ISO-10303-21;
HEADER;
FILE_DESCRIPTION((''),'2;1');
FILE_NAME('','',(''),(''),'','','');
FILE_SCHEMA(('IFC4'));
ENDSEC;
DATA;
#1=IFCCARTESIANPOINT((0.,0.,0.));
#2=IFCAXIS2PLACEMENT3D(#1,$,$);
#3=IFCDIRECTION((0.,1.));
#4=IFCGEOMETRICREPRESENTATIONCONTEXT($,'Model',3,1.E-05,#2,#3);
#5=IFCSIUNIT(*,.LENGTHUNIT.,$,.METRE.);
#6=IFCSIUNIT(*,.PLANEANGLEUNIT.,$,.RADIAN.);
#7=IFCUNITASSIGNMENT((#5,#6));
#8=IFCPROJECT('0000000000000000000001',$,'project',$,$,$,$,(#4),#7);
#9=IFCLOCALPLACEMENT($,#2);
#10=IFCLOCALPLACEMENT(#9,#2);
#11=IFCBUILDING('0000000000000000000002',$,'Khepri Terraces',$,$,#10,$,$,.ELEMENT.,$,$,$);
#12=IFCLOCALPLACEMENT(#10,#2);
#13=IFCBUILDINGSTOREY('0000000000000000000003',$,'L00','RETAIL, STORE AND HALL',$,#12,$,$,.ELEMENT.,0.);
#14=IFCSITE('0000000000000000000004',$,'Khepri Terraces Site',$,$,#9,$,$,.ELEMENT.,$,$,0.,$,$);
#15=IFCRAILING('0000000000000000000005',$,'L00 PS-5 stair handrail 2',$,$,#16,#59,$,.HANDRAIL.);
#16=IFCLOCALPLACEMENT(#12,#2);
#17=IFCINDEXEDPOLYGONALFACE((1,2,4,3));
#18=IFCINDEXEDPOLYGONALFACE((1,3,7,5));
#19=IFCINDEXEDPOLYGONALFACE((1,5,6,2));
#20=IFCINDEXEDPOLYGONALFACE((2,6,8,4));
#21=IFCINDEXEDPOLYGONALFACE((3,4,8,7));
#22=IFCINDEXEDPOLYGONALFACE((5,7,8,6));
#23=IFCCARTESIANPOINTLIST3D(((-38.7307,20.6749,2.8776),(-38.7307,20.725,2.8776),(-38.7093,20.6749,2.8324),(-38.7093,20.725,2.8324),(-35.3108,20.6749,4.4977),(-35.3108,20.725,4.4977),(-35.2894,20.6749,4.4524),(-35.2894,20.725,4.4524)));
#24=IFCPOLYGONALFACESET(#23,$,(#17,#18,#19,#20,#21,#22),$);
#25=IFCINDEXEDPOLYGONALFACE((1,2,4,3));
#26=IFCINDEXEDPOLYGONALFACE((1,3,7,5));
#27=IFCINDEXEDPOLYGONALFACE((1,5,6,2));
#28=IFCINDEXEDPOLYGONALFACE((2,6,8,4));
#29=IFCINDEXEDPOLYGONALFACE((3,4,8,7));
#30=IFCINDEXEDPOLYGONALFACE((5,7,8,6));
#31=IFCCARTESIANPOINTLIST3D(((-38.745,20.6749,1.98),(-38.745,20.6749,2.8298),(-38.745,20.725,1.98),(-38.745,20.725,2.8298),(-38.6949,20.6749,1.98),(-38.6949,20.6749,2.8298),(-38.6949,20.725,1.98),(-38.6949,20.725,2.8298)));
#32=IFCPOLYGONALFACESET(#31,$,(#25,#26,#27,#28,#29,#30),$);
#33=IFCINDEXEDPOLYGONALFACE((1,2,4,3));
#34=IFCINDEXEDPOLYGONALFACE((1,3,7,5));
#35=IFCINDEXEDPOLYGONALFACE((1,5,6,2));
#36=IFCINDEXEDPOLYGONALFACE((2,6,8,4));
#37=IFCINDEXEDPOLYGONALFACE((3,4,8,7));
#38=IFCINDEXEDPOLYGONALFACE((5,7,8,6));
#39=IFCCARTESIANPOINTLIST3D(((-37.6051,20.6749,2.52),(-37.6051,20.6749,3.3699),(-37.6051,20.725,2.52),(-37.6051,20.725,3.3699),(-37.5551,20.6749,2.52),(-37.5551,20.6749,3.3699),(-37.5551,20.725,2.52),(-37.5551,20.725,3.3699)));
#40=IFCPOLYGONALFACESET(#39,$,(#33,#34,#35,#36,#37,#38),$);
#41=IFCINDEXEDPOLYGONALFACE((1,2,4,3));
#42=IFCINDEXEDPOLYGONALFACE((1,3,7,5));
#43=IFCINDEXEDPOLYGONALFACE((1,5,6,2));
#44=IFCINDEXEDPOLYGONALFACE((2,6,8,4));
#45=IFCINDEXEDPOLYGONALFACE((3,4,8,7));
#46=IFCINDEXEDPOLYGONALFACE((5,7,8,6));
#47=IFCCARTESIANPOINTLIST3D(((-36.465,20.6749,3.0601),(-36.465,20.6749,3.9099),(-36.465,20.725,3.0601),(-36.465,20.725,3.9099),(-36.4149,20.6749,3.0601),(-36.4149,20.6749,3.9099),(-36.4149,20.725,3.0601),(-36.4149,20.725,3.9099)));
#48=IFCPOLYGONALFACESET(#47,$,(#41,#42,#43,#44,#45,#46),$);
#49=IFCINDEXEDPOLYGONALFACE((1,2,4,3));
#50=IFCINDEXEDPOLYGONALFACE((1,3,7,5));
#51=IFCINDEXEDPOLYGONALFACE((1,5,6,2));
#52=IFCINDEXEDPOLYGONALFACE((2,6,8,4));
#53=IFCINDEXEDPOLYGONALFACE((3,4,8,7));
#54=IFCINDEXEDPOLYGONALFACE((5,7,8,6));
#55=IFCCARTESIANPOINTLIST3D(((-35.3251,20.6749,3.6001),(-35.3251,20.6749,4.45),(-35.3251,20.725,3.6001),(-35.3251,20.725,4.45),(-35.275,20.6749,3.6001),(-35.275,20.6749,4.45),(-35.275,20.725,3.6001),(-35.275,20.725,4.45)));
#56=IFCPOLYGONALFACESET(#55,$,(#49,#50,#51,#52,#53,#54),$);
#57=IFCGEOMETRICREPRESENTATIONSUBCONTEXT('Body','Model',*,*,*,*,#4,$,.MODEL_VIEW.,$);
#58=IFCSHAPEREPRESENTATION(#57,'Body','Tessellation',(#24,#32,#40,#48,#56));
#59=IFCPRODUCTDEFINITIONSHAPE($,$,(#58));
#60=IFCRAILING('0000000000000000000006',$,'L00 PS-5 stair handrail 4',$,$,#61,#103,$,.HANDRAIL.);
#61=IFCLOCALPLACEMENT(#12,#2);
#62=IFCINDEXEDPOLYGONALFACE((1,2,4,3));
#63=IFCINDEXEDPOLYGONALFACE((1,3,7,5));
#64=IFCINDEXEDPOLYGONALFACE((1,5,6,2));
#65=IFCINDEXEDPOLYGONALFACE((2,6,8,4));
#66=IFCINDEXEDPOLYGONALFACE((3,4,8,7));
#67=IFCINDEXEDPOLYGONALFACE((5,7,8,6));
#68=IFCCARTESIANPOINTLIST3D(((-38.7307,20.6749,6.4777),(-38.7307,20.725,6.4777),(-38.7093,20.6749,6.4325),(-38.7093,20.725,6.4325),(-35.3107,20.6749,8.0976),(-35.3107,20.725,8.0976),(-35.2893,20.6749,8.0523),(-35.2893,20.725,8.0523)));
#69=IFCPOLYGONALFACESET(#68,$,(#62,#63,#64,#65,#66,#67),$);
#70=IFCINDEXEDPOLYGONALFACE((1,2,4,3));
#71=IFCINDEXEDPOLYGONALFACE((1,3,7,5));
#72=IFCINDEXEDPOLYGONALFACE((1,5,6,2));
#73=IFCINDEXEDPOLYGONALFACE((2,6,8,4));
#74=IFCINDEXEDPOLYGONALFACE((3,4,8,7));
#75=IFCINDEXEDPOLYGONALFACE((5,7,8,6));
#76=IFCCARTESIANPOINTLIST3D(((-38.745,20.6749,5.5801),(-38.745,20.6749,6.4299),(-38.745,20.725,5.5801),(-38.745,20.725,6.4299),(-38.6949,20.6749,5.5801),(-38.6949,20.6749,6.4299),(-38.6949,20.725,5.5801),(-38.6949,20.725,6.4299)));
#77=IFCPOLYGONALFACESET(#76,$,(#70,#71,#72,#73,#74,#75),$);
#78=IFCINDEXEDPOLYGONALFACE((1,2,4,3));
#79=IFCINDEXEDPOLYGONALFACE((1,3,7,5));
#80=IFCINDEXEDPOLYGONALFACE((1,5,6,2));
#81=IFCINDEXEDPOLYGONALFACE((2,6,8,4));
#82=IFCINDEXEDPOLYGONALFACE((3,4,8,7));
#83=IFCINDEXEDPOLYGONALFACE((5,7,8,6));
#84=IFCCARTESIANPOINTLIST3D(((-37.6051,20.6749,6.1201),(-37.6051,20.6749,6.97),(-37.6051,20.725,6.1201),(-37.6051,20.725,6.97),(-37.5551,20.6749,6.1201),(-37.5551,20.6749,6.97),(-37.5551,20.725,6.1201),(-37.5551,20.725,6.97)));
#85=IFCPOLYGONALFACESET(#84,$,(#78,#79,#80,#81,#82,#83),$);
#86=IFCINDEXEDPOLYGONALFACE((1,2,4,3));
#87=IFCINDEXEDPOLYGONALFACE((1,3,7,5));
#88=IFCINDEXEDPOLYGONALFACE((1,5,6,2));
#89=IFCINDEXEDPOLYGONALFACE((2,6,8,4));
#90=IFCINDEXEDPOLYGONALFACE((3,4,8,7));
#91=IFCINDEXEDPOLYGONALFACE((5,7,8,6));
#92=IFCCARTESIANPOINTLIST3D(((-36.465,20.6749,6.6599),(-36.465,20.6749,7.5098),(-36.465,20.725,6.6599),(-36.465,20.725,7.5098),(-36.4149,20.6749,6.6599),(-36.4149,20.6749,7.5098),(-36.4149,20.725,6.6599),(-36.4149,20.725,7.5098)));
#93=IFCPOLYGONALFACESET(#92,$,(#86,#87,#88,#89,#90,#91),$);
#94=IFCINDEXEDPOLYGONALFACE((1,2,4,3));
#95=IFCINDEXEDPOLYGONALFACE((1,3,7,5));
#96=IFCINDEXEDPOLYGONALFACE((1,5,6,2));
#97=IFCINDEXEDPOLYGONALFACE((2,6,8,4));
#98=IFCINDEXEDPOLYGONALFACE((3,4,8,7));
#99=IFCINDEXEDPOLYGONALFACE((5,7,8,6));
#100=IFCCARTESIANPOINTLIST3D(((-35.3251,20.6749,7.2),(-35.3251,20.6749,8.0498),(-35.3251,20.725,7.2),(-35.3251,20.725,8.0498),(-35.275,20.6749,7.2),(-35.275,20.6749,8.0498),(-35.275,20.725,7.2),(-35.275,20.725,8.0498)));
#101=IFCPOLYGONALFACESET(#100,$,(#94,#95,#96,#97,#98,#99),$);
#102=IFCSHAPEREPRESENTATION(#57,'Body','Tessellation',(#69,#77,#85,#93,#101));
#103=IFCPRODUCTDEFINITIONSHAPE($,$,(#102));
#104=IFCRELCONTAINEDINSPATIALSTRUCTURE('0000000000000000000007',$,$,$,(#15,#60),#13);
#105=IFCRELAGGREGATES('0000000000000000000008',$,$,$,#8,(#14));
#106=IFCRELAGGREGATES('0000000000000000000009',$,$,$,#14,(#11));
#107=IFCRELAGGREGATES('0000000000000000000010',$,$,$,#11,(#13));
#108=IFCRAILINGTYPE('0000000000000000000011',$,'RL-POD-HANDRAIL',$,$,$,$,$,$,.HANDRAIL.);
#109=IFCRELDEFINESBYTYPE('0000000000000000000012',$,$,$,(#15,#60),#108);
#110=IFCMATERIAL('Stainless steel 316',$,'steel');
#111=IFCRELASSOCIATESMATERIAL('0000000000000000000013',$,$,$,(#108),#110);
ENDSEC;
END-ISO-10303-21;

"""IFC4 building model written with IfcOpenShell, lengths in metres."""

from ifc_helpers import new_model, si_unit, direction, frame, origin, origin_2d, place, context, subcontext, project, spatial, rectangle, extrude, material, type_object, element, save


model = new_model("IFC4")

# Units and contexts
model_context = context("Model", 3, precision=1e-05, world=origin(), true_north=direction((0.0, 1.0)))
body_context = subcontext(model_context, "Body", "Model", "MODEL_VIEW")
ifc_project = project(units=[si_unit("LENGTHUNIT", "METRE"), si_unit("PLANEANGLEUNIT", "RADIAN")], contexts=[model_context])

# Site, building, storey
site_placement = place(None, origin())
site = spatial("IfcSite", under=ifc_project, at=site_placement, Name="Khepri Terraces Site", CompositionType="ELEMENT", RefElevation=0.0)
building_placement = place(site_placement, origin())
building = spatial("IfcBuilding", under=site, at=building_placement, Name="Khepri Terraces", CompositionType="ELEMENT")
storey_placement = place(building_placement, origin())
storey = spatial("IfcBuildingStorey", under=building, at=storey_placement, Name="L00", Description="RETAIL, STORE AND HALL", CompositionType="ELEMENT", Elevation=0.0)

# Railings
ifc_material_1 = material(Name="Stainless steel 316", Category="steel")
railing_type_1 = type_object("IfcRailingType", Name="RL-POD-HANDRAIL", PredefinedType="HANDRAIL", material=ifc_material_1)
railing_1_placement = place(storey_placement, frame((-38.72, 20.7, 1.98)))
element("IfcRailing", 1, at=railing_1_placement, inside=storey, type_object=railing_type_1, Name="L00 PS-5 stair handrail 2", PredefinedType="HANDRAIL", context=body_context, shape_type="SweptSolid", body=[
    extrude(rectangle(XDim=0.05, YDim=0.05, at=origin_2d()), frame((0.0, 0.0, 0.875), z_axis=(0.903722, 0.0, 0.42812), x_axis=(0.0, 1.0, 0.0)), (0.0, 0.0, 1.0), 3.7842),
    extrude(rectangle(XDim=0.05, YDim=0.05, at=origin_2d()), origin(), (0.0, 0.0, 1.0), 0.8499),
    extrude(rectangle(XDim=0.05, YDim=0.05, at=origin_2d()), frame((1.1399, 0.0, 0.54)), (0.0, 0.0, 1.0), 0.8499),
    extrude(rectangle(XDim=0.05, YDim=0.05, at=origin_2d()), frame((2.28, 0.0, 1.0801)), (0.0, 0.0, 1.0), 0.8499),
    extrude(rectangle(XDim=0.05, YDim=0.05, at=origin_2d()), frame((3.4199, 0.0, 1.6201)), (0.0, 0.0, 1.0), 0.8499),
])
railing_2_placement = place(storey_placement, frame((-38.72, 20.7, 5.5801)))
element("IfcRailing", 2, at=railing_2_placement, inside=storey, type_object=railing_type_1, Name="L00 PS-5 stair handrail 4", PredefinedType="HANDRAIL", context=body_context, shape_type="SweptSolid", body=[
    extrude(rectangle(XDim=0.05, YDim=0.05, at=origin_2d()), frame((0.0, 0.0, 0.875), z_axis=(0.903747, 0.0, 0.428067), x_axis=(0.0, 1.0, 0.0)), (0.0, 0.0, 1.0), 3.7842),
    extrude(rectangle(XDim=0.05, YDim=0.05, at=origin_2d()), origin(), (0.0, 0.0, 1.0), 0.8499),
    extrude(rectangle(XDim=0.05, YDim=0.05, at=origin_2d()), frame((1.1399, 0.0, 0.54)), (0.0, 0.0, 1.0), 0.8499),
    extrude(rectangle(XDim=0.05, YDim=0.05, at=origin_2d()), frame((2.28, 0.0, 1.0798)), (0.0, 0.0, 1.0), 0.8499),
    extrude(rectangle(XDim=0.05, YDim=0.05, at=origin_2d()), frame((3.4199, 0.0, 1.6199)), (0.0, 0.0, 1.0), 0.8499),
])

save(model, "model.ifc")
